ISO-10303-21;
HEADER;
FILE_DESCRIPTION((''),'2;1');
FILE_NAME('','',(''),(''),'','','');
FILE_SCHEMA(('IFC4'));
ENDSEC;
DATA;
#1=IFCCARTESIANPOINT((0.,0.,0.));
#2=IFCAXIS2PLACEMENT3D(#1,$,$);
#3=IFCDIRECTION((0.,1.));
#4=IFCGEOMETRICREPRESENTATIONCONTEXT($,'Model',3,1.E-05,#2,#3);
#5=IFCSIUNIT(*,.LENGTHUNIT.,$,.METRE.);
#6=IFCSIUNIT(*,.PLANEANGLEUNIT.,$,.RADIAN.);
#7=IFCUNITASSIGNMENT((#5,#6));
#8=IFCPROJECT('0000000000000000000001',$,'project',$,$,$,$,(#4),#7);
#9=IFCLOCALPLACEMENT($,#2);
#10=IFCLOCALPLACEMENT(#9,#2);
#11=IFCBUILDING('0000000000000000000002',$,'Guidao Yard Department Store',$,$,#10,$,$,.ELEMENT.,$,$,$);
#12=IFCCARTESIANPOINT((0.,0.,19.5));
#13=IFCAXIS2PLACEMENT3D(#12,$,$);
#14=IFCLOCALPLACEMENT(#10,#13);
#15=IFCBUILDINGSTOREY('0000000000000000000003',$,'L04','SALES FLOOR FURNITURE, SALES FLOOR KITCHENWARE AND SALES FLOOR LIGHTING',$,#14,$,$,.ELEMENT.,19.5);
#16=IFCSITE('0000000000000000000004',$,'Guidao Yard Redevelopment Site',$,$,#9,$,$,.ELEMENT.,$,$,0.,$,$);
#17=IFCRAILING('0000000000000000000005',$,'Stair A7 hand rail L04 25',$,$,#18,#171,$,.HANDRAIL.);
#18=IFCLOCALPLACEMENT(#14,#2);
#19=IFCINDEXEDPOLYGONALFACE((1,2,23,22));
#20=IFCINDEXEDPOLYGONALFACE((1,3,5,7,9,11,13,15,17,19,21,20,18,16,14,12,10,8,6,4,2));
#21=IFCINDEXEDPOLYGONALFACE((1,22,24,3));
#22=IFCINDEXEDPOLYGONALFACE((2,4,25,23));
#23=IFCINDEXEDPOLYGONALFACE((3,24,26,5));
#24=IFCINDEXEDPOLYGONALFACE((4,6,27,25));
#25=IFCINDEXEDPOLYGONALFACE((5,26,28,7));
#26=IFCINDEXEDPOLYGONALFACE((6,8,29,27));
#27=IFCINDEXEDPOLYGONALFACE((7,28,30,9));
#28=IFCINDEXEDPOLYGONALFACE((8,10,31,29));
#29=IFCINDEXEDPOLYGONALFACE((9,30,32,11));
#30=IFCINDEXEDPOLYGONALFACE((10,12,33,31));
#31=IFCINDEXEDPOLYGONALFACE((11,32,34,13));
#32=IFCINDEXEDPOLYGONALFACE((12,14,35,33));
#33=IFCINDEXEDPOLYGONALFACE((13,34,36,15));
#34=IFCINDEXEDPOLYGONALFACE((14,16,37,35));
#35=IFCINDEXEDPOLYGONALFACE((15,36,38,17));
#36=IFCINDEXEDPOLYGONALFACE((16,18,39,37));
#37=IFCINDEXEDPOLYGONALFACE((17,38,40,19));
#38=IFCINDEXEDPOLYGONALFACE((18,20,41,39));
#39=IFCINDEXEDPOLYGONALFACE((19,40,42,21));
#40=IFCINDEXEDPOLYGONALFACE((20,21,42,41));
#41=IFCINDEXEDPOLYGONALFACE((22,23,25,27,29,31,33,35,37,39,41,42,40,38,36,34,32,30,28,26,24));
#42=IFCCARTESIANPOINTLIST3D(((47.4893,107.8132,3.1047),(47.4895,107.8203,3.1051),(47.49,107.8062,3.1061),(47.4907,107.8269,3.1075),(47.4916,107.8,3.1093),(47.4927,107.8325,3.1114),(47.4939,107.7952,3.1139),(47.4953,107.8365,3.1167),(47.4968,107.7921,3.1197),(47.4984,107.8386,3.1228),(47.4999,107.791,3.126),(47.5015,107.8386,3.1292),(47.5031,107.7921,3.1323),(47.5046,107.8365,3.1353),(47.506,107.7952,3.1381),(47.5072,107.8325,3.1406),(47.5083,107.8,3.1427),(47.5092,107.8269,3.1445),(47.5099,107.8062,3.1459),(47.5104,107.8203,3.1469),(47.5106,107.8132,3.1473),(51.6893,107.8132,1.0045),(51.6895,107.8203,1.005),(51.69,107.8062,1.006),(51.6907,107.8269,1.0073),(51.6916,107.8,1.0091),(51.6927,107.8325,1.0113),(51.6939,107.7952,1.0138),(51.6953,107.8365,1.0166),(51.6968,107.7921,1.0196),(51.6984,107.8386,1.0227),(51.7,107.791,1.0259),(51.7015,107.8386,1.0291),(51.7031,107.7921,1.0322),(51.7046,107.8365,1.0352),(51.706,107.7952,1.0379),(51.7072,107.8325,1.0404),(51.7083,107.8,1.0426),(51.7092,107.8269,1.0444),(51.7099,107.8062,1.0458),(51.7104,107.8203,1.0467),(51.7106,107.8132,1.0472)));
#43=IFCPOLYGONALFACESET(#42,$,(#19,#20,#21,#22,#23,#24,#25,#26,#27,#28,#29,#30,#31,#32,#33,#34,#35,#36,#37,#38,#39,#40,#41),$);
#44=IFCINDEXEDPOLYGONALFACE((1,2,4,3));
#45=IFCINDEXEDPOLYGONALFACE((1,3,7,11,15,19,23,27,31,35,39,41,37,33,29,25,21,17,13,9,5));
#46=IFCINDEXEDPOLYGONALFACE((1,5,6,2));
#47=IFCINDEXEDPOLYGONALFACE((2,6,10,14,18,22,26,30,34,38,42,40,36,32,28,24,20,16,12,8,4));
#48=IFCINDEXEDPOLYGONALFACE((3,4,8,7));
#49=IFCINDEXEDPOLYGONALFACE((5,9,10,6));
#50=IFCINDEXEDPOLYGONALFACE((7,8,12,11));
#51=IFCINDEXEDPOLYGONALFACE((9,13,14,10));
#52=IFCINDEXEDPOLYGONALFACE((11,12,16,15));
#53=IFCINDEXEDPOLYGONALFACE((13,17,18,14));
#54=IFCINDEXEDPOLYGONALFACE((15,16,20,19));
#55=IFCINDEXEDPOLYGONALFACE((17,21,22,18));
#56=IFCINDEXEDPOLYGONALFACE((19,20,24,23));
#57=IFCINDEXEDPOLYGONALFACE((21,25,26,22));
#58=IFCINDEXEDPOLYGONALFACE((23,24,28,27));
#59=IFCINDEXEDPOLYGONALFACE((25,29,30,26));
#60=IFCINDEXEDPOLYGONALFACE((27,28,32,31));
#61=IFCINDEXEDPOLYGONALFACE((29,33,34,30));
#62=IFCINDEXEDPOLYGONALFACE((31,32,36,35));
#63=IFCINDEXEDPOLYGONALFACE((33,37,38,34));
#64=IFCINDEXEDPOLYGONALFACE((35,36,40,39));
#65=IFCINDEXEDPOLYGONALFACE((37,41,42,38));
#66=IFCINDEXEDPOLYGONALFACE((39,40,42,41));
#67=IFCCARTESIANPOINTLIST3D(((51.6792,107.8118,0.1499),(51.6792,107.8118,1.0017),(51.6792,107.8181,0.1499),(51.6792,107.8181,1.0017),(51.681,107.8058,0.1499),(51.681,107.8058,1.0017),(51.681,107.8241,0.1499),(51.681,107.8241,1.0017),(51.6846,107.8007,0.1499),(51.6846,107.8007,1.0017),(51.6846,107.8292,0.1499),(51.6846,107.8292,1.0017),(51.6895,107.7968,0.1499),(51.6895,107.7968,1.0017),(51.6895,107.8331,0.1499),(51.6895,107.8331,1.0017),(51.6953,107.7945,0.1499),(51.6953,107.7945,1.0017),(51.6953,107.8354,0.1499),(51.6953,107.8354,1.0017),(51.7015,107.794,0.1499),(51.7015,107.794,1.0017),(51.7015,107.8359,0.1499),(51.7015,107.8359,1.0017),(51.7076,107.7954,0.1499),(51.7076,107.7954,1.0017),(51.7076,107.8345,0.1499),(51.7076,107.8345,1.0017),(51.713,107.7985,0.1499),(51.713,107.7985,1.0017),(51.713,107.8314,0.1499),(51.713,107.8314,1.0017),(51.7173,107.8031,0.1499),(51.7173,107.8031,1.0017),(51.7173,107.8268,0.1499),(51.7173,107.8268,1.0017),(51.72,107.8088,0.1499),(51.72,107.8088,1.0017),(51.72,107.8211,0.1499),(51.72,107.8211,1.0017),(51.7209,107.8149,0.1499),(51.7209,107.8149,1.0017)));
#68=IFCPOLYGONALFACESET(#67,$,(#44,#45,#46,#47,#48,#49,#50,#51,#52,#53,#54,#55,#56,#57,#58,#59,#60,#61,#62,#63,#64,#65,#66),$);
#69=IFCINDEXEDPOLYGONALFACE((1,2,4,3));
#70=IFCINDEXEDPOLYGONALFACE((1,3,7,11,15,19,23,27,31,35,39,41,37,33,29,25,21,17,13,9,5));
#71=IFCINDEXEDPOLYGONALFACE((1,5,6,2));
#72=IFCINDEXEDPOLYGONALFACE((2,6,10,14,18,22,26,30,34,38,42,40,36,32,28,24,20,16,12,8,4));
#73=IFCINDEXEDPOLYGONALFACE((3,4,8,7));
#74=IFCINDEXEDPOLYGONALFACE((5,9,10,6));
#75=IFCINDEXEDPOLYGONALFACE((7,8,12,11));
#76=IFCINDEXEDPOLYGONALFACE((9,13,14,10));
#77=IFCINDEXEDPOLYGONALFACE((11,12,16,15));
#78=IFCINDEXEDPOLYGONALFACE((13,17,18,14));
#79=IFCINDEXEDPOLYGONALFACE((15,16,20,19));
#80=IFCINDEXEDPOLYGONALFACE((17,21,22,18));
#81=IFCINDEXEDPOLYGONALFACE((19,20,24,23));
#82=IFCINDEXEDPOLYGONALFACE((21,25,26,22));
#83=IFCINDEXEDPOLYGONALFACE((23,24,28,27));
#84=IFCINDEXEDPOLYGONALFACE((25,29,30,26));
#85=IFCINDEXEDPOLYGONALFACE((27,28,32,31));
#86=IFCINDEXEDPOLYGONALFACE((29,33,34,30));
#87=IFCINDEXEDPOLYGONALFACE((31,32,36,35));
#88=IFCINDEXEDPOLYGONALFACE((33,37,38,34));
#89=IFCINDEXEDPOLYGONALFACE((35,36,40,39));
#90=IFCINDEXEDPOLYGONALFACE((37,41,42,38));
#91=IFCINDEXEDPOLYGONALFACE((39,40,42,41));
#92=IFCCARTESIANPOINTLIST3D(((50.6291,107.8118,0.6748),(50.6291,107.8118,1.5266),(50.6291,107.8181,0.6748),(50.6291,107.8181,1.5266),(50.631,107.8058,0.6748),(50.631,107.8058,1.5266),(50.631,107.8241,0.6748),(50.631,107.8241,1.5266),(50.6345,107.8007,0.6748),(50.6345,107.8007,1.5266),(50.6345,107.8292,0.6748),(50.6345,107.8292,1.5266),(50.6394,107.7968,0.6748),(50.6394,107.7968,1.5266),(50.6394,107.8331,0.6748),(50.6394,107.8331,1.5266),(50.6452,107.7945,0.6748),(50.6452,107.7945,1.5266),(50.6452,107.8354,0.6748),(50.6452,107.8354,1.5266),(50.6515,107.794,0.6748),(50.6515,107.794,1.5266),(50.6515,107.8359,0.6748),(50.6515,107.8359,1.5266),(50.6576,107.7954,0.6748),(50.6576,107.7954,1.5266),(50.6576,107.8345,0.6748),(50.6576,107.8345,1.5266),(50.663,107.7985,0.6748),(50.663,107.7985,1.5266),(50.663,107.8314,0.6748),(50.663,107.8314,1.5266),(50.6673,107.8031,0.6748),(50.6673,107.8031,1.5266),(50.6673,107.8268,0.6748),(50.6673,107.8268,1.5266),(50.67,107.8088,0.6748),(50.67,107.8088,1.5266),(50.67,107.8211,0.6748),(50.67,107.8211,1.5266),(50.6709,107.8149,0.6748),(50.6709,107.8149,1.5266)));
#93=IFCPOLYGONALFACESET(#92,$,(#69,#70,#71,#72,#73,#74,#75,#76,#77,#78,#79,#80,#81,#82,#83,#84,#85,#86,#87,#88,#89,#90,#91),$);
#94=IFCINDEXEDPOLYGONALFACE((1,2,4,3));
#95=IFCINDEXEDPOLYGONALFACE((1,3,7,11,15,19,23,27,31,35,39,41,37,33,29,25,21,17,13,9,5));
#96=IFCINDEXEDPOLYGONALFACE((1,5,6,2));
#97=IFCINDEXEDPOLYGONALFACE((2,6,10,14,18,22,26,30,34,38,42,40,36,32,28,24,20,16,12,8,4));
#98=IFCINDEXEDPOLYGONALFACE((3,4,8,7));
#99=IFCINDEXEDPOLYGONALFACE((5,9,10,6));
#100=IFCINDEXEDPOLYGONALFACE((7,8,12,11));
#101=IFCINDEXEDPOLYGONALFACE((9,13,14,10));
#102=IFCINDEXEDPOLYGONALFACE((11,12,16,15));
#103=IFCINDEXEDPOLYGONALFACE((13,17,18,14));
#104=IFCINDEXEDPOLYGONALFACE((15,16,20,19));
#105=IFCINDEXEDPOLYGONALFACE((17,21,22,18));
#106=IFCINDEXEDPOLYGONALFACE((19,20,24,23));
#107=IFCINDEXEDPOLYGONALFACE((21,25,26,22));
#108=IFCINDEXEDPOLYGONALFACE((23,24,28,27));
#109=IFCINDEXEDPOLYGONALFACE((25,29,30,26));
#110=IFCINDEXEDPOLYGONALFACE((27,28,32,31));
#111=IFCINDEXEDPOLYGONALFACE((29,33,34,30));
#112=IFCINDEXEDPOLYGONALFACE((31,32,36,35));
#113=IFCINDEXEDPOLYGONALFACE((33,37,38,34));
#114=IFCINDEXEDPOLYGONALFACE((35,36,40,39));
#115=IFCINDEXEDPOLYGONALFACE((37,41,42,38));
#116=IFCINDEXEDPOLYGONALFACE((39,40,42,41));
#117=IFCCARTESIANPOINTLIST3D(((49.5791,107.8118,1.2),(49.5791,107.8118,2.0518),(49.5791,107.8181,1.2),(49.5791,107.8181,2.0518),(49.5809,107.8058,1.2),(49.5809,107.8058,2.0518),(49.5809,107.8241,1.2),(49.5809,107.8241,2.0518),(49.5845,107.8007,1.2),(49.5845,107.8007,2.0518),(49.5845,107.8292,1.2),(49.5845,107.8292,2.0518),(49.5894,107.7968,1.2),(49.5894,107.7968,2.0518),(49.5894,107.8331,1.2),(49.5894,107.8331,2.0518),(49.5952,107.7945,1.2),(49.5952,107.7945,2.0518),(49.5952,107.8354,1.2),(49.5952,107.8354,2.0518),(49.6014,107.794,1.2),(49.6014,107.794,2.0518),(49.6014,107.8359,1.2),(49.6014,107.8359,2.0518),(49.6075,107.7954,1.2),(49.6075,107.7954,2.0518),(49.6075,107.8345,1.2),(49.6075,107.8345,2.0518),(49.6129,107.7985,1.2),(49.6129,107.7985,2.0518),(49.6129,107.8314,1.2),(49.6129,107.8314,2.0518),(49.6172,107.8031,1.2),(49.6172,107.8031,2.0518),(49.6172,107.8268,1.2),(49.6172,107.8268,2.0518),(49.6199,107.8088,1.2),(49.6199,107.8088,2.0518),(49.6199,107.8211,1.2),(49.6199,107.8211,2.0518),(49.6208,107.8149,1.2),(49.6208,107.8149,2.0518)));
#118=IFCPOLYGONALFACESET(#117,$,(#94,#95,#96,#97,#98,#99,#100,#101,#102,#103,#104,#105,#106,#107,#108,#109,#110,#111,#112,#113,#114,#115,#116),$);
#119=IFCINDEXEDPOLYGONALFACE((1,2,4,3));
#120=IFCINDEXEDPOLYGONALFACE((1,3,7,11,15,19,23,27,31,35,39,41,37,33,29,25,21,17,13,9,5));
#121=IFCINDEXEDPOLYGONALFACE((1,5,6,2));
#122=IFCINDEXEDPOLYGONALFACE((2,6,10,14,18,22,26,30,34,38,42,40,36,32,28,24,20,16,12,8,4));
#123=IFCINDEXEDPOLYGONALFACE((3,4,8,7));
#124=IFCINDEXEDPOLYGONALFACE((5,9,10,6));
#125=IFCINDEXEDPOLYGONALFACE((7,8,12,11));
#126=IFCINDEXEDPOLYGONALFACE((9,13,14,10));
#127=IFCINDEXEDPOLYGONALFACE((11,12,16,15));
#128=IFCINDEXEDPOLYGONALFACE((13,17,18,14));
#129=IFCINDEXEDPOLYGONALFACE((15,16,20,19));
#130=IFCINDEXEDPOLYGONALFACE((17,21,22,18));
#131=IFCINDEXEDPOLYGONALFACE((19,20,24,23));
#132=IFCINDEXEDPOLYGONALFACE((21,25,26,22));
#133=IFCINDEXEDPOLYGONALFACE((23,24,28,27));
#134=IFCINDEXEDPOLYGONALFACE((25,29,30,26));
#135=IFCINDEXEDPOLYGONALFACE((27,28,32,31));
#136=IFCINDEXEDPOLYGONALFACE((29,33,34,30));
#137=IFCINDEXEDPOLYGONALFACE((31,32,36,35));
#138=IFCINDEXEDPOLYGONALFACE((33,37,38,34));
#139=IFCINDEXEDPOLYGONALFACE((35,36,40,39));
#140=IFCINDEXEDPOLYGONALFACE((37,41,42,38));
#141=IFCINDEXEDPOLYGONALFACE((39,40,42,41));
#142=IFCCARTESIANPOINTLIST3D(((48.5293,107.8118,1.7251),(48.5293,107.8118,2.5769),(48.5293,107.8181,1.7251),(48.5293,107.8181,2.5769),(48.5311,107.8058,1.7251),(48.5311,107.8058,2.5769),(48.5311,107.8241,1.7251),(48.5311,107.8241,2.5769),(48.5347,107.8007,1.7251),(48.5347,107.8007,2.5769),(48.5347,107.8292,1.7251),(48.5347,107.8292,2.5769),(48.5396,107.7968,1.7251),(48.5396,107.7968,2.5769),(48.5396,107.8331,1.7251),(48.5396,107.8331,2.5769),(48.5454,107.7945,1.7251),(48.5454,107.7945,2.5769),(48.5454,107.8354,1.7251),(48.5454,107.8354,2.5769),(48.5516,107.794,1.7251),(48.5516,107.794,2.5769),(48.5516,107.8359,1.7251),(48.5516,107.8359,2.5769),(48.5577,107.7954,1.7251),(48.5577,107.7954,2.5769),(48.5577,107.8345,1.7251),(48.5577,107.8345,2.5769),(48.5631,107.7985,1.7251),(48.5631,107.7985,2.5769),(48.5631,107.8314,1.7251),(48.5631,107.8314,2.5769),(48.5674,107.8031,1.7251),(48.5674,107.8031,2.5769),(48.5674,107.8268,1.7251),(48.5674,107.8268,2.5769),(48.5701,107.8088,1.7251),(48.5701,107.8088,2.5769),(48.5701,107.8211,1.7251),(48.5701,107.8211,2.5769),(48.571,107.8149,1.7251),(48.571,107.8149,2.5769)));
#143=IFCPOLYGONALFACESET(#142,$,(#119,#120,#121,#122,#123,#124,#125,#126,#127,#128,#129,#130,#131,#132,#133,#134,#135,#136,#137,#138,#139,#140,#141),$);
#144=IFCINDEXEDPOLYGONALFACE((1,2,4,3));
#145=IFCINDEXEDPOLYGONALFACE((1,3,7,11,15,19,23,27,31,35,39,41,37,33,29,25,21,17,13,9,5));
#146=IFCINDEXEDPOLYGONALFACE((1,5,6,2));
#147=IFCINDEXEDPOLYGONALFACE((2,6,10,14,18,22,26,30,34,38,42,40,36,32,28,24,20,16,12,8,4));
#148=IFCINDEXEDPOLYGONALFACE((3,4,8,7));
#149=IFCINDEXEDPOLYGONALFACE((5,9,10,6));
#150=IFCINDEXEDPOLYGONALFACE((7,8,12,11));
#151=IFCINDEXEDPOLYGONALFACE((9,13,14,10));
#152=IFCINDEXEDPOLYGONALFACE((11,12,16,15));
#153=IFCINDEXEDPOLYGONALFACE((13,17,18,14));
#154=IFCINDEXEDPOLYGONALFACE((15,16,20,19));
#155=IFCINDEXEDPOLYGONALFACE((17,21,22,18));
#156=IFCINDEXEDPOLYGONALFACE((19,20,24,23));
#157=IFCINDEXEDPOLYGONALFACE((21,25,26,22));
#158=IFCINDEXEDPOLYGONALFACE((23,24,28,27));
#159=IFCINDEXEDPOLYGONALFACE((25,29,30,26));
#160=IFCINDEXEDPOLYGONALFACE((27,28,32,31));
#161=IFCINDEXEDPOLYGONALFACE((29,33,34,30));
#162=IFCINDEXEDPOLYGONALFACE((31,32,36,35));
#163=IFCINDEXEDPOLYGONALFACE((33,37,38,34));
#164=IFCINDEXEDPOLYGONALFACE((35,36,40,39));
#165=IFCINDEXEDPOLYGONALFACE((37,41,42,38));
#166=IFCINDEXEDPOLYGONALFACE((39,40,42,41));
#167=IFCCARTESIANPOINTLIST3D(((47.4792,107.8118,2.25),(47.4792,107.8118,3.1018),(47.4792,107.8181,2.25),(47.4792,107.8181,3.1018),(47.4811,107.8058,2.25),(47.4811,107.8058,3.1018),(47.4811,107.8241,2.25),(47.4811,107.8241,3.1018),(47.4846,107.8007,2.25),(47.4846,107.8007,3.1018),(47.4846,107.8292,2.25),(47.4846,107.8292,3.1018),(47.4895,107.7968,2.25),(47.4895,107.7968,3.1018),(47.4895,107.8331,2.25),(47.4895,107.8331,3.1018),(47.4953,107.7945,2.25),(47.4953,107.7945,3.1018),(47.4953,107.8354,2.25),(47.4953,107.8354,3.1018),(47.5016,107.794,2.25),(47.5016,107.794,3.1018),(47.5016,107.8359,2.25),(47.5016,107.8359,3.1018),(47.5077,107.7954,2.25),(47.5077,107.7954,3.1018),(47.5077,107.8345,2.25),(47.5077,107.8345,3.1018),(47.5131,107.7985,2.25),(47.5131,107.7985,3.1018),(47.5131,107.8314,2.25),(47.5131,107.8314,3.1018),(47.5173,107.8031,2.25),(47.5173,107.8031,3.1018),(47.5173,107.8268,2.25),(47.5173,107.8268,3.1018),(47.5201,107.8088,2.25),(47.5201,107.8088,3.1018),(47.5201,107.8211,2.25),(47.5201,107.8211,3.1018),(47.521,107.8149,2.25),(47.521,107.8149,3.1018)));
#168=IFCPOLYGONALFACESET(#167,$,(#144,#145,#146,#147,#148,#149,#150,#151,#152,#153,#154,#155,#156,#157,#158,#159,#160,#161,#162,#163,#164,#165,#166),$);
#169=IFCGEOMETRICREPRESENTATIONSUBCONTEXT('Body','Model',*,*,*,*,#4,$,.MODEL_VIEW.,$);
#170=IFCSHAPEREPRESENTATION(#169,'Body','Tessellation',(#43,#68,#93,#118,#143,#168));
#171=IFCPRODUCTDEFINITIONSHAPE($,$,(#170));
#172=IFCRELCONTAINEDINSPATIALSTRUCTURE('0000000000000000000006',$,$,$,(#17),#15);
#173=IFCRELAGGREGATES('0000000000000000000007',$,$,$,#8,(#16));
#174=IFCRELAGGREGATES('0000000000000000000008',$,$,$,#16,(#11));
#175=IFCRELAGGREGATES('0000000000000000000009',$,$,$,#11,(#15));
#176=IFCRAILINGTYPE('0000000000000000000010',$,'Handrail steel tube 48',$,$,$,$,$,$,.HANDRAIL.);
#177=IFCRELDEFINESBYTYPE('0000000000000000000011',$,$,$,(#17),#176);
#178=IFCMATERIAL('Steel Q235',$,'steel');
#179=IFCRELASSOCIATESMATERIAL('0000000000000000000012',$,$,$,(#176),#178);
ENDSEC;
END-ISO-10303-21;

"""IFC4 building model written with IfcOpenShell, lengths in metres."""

from ifc_helpers import new_model, si_unit, direction, frame, origin, origin_2d, place, context, subcontext, project, spatial, circle, extrude, material, type_object, element, save


model = new_model("IFC4")

# Units and contexts
model_context = context("Model", 3, precision=1e-05, world=origin(), true_north=direction((0.0, 1.0)))
body_context = subcontext(model_context, "Body", "Model", "MODEL_VIEW")
ifc_project = project(units=[si_unit("LENGTHUNIT", "METRE"), si_unit("PLANEANGLEUNIT", "RADIAN")], contexts=[model_context])

# Site, building, storey
site_placement = place(None, origin())
site = spatial("IfcSite", under=ifc_project, at=site_placement, Name="Guidao Yard Redevelopment Site", CompositionType="ELEMENT", RefElevation=0.0)
building_placement = place(site_placement, origin())
building = spatial("IfcBuilding", under=site, at=building_placement, Name="Guidao Yard Department Store", CompositionType="ELEMENT")
storey_placement = place(building_placement, frame((0.0, 0.0, 19.5)))
storey = spatial("IfcBuildingStorey", under=building, at=storey_placement, Name="L04", Description="SALES FLOOR FURNITURE, SALES FLOOR KITCHENWARE AND SALES FLOOR LIGHTING", CompositionType="ELEMENT", Elevation=19.5)

# Railing
ifc_material_1 = material(Name="Steel Q235", Category="steel")
railing_type_1 = type_object("IfcRailingType", Name="Handrail steel tube 48", PredefinedType="HANDRAIL", material=ifc_material_1)
for number, where, name in (
    (1, (51.7, 107.8149, 0.1499), "Stair A7 hand rail L04 25"),
):
    element("IfcRailing", number, at=place(storey_placement, frame(where)), inside=storey, type_object=railing_type_1, Name=name, PredefinedType="HANDRAIL", context=body_context, shape_type="SweptSolid", body=[
        extrude(circle(Radius=0.0239, at=origin_2d()), frame((0.0, 0.0, 0.876), z_axis=(-0.894417, 0.0, 0.447234), x_axis=(0.0, -1.0, 0.0)), (0.0, 0.0, 1.0), 4.6958),
        extrude(circle(Radius=0.021, at=origin_2d()), origin(), (0.0, 0.0, 1.0), 0.8518),
        extrude(circle(Radius=0.021, at=origin_2d()), frame((-1.05, 0.0, 0.5249)), (0.0, 0.0, 1.0), 0.8518),
        extrude(circle(Radius=0.021, at=origin_2d()), frame((-2.1001, 0.0, 1.05)), (0.0, 0.0, 1.0), 0.8518),
        extrude(circle(Radius=0.021, at=origin_2d()), frame((-3.1499, 0.0, 1.5752)), (0.0, 0.0, 1.0), 0.8518),
        extrude(circle(Radius=0.021, at=origin_2d()), frame((-4.2, 0.0, 2.1001)), (0.0, 0.0, 1.0), 0.8518),
    ])

save(model, "model.ifc")
